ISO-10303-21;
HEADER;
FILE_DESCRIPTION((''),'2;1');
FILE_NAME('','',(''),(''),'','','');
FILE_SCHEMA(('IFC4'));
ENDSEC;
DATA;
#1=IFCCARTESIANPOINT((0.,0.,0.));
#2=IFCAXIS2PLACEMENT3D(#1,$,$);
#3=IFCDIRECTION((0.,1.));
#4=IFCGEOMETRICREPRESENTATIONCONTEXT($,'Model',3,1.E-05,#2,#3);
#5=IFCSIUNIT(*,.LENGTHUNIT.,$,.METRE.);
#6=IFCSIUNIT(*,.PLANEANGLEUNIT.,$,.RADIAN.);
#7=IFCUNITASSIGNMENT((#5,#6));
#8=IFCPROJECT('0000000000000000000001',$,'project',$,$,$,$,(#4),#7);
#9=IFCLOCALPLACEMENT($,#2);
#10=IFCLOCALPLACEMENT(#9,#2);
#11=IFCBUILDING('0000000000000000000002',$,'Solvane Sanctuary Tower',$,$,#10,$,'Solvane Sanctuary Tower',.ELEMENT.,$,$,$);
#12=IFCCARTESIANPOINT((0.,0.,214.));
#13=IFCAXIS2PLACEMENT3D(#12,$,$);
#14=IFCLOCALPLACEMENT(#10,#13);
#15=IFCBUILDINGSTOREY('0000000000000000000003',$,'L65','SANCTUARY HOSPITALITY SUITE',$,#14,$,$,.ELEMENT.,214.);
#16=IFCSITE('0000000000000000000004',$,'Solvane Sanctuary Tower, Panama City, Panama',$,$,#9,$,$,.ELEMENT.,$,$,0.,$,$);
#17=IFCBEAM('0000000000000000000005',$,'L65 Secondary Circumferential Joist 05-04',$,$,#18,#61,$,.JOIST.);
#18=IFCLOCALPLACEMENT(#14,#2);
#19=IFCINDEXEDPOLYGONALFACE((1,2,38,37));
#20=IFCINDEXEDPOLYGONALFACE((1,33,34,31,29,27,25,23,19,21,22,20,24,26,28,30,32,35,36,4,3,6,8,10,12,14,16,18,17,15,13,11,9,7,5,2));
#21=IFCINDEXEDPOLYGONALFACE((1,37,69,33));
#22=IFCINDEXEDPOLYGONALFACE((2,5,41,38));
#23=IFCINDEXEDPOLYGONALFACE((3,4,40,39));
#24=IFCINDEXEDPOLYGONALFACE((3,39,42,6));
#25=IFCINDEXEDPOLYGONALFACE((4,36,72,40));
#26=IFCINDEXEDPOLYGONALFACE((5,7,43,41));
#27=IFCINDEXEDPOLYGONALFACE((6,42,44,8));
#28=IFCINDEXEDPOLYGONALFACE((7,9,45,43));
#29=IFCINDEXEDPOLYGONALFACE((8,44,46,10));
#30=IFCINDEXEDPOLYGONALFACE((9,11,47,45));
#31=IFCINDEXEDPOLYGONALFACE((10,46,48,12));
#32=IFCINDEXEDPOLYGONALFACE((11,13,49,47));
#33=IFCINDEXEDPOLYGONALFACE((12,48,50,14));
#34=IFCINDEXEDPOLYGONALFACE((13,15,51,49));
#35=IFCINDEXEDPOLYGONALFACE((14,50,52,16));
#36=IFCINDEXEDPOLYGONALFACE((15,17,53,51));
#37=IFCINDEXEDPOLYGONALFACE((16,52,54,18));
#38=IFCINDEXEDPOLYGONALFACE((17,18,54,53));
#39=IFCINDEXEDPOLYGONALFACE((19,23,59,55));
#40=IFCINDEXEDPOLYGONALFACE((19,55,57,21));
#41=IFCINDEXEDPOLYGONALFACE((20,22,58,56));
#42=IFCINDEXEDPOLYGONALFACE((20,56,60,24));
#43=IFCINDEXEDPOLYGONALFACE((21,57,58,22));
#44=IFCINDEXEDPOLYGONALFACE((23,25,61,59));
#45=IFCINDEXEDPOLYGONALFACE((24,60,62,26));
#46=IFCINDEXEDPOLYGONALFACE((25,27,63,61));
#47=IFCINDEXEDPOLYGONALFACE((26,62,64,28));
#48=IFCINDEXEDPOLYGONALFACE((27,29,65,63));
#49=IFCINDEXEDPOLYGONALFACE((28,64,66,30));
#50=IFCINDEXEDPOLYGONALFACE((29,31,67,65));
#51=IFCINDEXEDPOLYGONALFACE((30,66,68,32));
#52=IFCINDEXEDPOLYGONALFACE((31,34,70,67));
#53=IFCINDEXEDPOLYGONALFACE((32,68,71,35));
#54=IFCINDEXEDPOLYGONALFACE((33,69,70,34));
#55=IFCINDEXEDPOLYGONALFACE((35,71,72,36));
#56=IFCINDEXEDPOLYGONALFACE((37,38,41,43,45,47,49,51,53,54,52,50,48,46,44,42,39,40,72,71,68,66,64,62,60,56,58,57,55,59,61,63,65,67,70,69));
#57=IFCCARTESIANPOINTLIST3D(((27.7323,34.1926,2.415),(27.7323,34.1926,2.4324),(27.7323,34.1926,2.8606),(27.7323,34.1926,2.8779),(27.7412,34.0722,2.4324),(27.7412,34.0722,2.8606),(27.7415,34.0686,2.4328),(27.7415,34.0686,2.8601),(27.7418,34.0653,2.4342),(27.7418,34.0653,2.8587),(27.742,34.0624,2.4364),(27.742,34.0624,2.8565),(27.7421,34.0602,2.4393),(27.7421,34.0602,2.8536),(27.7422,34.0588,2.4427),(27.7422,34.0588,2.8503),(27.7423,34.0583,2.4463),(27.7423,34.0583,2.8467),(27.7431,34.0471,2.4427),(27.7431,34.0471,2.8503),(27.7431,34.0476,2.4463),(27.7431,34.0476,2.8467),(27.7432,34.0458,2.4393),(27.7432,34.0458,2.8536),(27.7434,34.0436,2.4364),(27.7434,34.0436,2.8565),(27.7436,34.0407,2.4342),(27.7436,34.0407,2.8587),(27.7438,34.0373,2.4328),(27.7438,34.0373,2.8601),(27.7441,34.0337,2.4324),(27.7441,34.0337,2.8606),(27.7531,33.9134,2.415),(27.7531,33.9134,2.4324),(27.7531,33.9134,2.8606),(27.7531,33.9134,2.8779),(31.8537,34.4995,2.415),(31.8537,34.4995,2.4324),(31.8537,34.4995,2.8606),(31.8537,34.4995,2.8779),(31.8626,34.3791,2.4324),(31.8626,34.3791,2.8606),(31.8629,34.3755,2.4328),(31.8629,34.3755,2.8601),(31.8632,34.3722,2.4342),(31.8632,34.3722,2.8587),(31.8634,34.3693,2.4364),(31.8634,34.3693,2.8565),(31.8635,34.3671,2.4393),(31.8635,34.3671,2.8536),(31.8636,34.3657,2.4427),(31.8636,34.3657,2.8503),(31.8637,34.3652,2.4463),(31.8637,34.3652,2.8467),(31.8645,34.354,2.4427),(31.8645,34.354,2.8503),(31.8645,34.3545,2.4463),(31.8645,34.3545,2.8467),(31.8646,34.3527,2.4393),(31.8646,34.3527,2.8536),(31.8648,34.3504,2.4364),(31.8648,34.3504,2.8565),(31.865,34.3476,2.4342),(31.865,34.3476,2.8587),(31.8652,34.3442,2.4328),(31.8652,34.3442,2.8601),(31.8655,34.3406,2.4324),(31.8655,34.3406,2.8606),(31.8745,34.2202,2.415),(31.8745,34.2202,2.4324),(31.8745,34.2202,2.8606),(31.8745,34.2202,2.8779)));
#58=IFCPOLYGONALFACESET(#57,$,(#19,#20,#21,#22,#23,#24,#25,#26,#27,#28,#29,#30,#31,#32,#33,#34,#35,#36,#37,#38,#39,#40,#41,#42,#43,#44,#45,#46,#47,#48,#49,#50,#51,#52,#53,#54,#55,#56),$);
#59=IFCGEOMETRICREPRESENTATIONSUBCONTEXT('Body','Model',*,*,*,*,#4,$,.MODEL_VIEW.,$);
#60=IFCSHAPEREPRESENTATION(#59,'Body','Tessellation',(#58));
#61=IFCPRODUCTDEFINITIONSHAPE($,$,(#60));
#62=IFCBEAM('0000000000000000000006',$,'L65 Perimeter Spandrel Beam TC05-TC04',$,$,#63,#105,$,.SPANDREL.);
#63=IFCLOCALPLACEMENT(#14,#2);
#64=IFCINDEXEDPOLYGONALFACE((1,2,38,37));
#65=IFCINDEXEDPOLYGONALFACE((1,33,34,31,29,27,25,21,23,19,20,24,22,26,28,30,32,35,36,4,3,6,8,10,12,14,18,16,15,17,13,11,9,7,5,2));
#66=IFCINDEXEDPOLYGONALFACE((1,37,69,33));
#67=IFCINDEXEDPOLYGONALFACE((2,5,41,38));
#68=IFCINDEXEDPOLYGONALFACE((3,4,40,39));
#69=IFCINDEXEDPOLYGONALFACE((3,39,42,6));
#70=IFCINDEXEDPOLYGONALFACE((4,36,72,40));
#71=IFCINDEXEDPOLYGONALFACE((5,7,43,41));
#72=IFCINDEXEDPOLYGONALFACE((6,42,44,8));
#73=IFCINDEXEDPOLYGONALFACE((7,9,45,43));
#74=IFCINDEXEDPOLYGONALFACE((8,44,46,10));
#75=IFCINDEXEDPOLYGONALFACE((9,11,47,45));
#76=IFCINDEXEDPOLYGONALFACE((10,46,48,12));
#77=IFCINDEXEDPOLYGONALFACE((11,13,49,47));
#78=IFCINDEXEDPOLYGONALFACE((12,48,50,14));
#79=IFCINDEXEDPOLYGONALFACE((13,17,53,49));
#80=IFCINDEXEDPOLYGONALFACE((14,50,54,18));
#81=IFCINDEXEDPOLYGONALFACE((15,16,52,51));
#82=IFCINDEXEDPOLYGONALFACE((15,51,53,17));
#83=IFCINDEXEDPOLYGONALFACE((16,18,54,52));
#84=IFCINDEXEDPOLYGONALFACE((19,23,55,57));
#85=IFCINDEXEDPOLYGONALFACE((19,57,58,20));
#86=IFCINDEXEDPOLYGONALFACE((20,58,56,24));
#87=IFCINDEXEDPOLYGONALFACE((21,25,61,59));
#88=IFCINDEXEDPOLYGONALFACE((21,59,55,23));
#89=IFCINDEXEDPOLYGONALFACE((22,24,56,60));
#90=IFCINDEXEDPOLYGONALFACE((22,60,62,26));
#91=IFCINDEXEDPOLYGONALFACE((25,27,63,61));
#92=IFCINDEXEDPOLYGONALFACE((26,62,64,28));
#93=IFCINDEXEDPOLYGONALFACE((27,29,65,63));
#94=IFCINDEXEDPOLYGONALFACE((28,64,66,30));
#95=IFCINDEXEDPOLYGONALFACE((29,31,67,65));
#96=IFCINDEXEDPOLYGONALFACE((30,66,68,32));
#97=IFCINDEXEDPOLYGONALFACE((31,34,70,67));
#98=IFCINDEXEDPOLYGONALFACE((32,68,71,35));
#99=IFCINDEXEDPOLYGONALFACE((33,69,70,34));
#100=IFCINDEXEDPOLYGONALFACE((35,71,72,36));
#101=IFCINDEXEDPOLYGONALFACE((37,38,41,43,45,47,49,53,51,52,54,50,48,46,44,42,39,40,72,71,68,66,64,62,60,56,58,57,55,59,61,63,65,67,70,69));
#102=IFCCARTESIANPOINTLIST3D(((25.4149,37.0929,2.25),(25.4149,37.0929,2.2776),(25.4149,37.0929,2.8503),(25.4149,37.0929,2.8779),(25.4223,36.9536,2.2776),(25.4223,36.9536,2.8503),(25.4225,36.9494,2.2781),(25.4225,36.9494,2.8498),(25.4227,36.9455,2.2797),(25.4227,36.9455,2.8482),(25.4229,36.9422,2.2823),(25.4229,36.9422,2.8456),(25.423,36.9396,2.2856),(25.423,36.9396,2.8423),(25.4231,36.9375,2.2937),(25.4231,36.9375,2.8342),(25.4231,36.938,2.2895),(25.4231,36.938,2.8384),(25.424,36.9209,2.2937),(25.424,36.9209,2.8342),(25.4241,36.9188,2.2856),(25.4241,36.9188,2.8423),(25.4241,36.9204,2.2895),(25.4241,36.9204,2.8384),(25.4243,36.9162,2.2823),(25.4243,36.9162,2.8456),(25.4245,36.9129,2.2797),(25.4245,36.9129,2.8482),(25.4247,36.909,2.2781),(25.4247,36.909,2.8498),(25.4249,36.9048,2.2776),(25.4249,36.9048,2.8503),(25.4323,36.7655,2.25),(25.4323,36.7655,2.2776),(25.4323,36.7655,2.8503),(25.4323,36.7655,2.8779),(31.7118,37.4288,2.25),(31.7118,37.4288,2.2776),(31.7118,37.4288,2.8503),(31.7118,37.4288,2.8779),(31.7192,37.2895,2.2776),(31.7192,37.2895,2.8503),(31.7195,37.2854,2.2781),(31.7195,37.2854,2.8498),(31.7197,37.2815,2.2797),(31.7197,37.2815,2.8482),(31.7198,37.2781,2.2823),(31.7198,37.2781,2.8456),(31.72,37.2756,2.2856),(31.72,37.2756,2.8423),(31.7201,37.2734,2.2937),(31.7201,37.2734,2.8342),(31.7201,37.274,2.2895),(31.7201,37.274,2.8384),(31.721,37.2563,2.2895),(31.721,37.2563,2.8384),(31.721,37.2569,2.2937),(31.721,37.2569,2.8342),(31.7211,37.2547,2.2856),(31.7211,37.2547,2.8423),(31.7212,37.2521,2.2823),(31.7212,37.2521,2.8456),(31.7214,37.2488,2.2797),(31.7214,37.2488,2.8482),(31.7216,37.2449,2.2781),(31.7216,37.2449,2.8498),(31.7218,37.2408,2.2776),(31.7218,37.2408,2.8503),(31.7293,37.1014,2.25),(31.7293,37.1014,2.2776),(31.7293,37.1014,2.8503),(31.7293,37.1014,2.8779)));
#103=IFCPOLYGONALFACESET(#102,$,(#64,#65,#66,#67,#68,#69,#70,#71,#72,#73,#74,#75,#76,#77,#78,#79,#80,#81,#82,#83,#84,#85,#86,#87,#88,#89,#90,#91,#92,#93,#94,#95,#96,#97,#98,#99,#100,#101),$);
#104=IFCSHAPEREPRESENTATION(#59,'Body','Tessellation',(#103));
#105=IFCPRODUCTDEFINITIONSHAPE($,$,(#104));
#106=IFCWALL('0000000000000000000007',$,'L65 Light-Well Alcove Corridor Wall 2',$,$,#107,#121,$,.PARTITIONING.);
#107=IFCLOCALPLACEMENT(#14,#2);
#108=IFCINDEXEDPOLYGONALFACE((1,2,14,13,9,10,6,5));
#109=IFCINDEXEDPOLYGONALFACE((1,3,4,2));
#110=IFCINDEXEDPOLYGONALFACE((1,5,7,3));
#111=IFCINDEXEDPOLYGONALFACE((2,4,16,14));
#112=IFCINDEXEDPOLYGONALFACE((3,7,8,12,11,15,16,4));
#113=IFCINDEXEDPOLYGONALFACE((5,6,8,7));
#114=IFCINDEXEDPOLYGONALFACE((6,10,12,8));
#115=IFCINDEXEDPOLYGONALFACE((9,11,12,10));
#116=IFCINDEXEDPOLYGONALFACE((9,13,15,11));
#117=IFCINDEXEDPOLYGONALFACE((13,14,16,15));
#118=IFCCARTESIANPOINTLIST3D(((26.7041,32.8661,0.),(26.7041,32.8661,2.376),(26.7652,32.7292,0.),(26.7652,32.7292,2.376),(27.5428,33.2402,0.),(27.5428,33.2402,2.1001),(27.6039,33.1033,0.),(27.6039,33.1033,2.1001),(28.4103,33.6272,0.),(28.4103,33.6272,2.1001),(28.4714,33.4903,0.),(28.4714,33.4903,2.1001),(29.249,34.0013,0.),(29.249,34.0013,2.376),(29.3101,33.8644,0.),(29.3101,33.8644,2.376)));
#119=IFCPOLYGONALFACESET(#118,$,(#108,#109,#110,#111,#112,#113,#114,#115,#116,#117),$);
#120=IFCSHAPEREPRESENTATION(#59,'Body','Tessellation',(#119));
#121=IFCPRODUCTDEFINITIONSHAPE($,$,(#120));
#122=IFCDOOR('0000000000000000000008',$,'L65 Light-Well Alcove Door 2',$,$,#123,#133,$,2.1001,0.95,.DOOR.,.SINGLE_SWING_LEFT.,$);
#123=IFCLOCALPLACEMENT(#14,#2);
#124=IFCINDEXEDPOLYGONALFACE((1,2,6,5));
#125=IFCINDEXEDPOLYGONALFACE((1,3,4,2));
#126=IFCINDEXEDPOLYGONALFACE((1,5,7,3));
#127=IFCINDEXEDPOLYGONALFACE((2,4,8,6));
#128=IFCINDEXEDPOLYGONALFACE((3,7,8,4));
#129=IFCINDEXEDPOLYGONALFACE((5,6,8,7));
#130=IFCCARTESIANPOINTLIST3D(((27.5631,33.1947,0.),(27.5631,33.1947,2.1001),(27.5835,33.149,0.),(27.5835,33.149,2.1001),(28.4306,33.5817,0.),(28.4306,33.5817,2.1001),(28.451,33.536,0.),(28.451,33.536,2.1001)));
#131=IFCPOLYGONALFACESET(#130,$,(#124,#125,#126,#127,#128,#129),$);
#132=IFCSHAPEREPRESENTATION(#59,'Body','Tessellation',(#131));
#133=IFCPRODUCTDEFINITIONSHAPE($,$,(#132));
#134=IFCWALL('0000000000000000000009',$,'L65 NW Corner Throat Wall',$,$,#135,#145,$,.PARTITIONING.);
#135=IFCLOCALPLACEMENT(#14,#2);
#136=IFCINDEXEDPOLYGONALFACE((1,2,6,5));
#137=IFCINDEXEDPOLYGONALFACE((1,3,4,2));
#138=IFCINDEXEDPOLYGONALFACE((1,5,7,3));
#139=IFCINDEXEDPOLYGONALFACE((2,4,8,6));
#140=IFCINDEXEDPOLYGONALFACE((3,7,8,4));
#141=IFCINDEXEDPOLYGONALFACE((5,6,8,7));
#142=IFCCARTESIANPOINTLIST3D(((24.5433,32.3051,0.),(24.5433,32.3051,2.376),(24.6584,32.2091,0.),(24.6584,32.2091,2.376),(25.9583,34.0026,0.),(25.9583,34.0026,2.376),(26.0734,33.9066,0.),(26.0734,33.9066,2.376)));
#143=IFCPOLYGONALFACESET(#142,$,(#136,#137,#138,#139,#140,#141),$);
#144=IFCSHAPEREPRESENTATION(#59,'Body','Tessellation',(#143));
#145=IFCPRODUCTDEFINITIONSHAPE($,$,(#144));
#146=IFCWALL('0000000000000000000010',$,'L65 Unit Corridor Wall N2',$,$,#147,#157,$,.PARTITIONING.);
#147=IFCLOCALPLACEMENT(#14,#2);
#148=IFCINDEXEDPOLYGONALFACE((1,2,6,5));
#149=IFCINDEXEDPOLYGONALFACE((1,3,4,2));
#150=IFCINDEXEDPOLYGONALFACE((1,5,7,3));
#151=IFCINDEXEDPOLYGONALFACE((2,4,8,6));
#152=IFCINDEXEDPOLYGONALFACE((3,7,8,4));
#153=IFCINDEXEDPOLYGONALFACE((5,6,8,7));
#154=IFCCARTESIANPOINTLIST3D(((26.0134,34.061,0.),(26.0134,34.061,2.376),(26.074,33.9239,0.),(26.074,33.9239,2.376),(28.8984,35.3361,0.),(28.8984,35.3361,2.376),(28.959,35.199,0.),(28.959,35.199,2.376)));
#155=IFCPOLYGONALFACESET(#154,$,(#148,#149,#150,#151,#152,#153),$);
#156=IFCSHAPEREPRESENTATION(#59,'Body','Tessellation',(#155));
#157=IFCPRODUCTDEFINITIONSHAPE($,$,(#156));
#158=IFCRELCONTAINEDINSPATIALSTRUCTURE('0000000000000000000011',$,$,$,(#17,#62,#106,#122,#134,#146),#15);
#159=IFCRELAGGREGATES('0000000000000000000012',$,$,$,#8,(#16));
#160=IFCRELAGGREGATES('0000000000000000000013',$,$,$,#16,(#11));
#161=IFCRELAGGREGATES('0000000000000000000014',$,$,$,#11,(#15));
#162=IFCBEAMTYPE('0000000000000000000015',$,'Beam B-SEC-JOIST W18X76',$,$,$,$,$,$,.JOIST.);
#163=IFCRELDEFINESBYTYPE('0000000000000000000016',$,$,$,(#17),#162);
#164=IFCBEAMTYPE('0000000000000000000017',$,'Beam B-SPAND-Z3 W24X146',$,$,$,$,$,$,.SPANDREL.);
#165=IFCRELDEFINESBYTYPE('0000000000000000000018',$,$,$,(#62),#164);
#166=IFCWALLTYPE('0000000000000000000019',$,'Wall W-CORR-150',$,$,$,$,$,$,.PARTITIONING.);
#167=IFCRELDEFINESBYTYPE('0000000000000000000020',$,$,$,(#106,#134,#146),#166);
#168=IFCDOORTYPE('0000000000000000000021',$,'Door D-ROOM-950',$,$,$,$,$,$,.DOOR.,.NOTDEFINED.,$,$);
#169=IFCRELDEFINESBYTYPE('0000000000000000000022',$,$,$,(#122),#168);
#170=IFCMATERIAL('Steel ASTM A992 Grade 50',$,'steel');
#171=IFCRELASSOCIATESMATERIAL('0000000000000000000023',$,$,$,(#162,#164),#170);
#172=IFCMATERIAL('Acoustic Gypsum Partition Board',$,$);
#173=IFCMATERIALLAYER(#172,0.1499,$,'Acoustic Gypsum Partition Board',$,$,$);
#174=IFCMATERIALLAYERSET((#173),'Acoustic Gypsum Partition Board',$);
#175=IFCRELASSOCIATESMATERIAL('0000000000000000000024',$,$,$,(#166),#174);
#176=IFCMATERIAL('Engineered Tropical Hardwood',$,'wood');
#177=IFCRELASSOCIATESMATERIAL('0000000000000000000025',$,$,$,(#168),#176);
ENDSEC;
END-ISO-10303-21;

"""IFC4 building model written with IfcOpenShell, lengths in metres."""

from ifc_helpers import new_model, si_unit, direction, frame, frame_2d, origin, origin_2d, place, context, subcontext, project, spatial, rectangle, i_section, extrude, material, layer, layer_set, material_profile, profile_set, type_object, element, fill, save


model = new_model("IFC4")

# Units and contexts
model_context = context("Model", 3, precision=1e-05, world=origin(), true_north=direction((0.0, 1.0)))
body_context = subcontext(model_context, "Body", "Model", "MODEL_VIEW")
ifc_project = project(units=[si_unit("LENGTHUNIT", "METRE"), si_unit("PLANEANGLEUNIT", "RADIAN")], contexts=[model_context])

# Site, building, storey
site_placement = place(None, origin())
site = spatial("IfcSite", under=ifc_project, at=site_placement, Name="Solvane Sanctuary Tower, Panama City, Panama", CompositionType="ELEMENT", RefElevation=0.0)
building_placement = place(site_placement, origin())
building = spatial("IfcBuilding", under=site, at=building_placement, Name="Solvane Sanctuary Tower", LongName="Solvane Sanctuary Tower", CompositionType="ELEMENT")
storey_placement = place(building_placement, frame((0.0, 0.0, 214.0)))
storey = spatial("IfcBuildingStorey", under=building, at=storey_placement, Name="L65", Description="SANCTUARY HOSPITALITY SUITE", CompositionType="ELEMENT", Elevation=214.0)

# Beams
ifc_material_1 = material(Name="Steel ASTM A992 Grade 50", Category="steel")
ifc_material_profile_1 = material_profile(ifc_material_1, i_section(OverallWidth=0.28, OverallDepth=0.4629, WebThickness=0.0107, FlangeThickness=0.0173, FilletRadius=0.0139, at=origin_2d()), Name="W18X76")
ifc_profile_set_1 = profile_set([ifc_material_profile_1], Name="Steel ASTM A992 Grade 50")
beam_type_1 = type_object("IfcBeamType", Name="Beam B-SEC-JOIST W18X76", PredefinedType="JOIST", material=ifc_profile_set_1)
beam_1_placement = place(storey_placement, frame((27.7427, 34.053, 2.6465), z_axis=(0.997239, 0.074257, 0.0), x_axis=(-0.074257, 0.997239, 0.0)))
element("IfcBeam", 1, at=beam_1_placement, inside=storey, type_object=beam_type_1, Name="L65 Secondary Circumferential Joist 05-04", PredefinedType="JOIST", context=body_context, shape_type="SweptSolid", body=[
    extrude(i_section(OverallWidth=0.28, OverallDepth=0.4629, WebThickness=0.0107, FlangeThickness=0.0173, FilletRadius=0.0139, at=origin_2d()), origin(), (0.0, 0.0, 1.0), 4.1328),
])
ifc_material_profile_2 = material_profile(ifc_material_1, i_section(OverallWidth=0.3279, OverallDepth=0.6279, WebThickness=0.0166, FlangeThickness=0.0276, FilletRadius=0.0161, at=origin_2d()), Name="W24X146")
ifc_profile_set_2 = profile_set([ifc_material_profile_2], Name="Steel ASTM A992 Grade 50")
beam_type_2 = type_object("IfcBeamType", Name="Beam B-SPAND-Z3 W24X146", PredefinedType="SPANDREL", material=ifc_profile_set_2)
beam_2_placement = place(storey_placement, frame((25.4236, 36.9292, 2.564), z_axis=(0.99858, 0.053274, 0.0), x_axis=(-0.053274, 0.99858, 0.0)))
element("IfcBeam", 2, at=beam_2_placement, inside=storey, type_object=beam_type_2, Name="L65 Perimeter Spandrel Beam TC05-TC04", PredefinedType="SPANDREL", context=body_context, shape_type="SweptSolid", body=[
    extrude(i_section(OverallWidth=0.3279, OverallDepth=0.6279, WebThickness=0.0166, FlangeThickness=0.0276, FilletRadius=0.0161, at=origin_2d()), origin(), (0.0, 0.0, 1.0), 6.3059),
])

# Wall, opening, door
ifc_material_2 = material(Name="Acoustic Gypsum Partition Board")
ifc_layer_1 = layer(ifc_material_2, 0.1499, Name="Acoustic Gypsum Partition Board")
ifc_layer_set_1 = layer_set([ifc_layer_1], Name="Acoustic Gypsum Partition Board")
wall_type_1 = type_object("IfcWallType", Name="Wall W-CORR-150", PredefinedType="PARTITIONING", material=ifc_layer_set_1)
wall_1_placement = place(storey_placement, frame((29.2795, 33.9329, 0.0), z_axis=(0.0, 0.0, 1.0), x_axis=(-0.913254, -0.40739, 0.0)))
wall_1 = element("IfcWall", 3, at=wall_1_placement, inside=storey, type_object=wall_type_1, Name="L65 Light-Well Alcove Corridor Wall 2", PredefinedType="PARTITIONING", context=body_context, shape_type="SweptSolid", body=[
    extrude(rectangle(XDim=2.7866, YDim=0.1499, at=frame_2d((1.3933, 0.0))), origin(), (0.0, 0.0, 1.0), 2.376),
])
opening_1_placement = place(wall_1_placement, frame((0.9182, 0.0, 0.0)))
opening_1 = element("IfcOpeningElement", 4, at=opening_1_placement, cuts=wall_1, PredefinedType="OPENING", context=body_context, shape_type="SweptSolid", body=[
    extrude(rectangle(XDim=0.95, YDim=2.1001, at=frame_2d((0.4751, 1.05))), frame((0.0, 0.085, 0.0), z_axis=(0.0, -1.0, 0.0), x_axis=(1.0, 0.0, 0.0)), (0.0, 0.0, 1.0), 0.1699),
])
ifc_material_3 = material(Name="Engineered Tropical Hardwood", Category="wood")
door_type = type_object("IfcDoorType", Name="Door D-ROOM-950", OperationType="NOTDEFINED", PredefinedType="DOOR", material=ifc_material_3)
door_placement = place(opening_1_placement, origin())
door = element("IfcDoor", 5, at=door_placement, inside=storey, type_object=door_type, Name="L65 Light-Well Alcove Door 2", OperationType="SINGLE_SWING_LEFT", OverallHeight=2.1001, OverallWidth=0.95, PredefinedType="DOOR", context=body_context, shape_type="SweptSolid", body=[
    extrude(rectangle(XDim=0.95, YDim=2.1001, at=frame_2d((0.4751, 1.05))), frame((0.0, 0.0249, 0.0), z_axis=(0.0, -1.0, 0.0), x_axis=(1.0, 0.0, 0.0)), (0.0, 0.0, 1.0), 0.05),
])
fill(opening_1, door)

# Walls
wall_2_placement = place(storey_placement, frame((26.0159, 33.9546, 0.0), z_axis=(0.0, 0.0, 1.0), x_axis=(-0.640304, -0.768122, 0.0)))
element("IfcWall", 6, at=wall_2_placement, inside=storey, type_object=wall_type_1, Name="L65 NW Corner Throat Wall", PredefinedType="PARTITIONING", context=body_context, shape_type="SweptSolid", body=[
    extrude(rectangle(XDim=2.21, YDim=0.1499, at=frame_2d((1.105, 0.0))), origin(), (0.0, 0.0, 1.0), 2.376),
])
wall_3_placement = place(storey_placement, frame((28.9287, 35.2676, 0.0), z_axis=(0.0, 0.0, 1.0), x_axis=(-0.914643, -0.404263, 0.0)))
element("IfcWall", 7, at=wall_3_placement, inside=storey, type_object=wall_type_1, Name="L65 Unit Corridor Wall N2", PredefinedType="PARTITIONING", context=body_context, shape_type="SweptSolid", body=[
    extrude(rectangle(XDim=3.1543, YDim=0.1499, at=frame_2d((1.5771, 0.0))), origin(), (0.0, 0.0, 1.0), 2.376),
])

save(model, "model.ifc")
